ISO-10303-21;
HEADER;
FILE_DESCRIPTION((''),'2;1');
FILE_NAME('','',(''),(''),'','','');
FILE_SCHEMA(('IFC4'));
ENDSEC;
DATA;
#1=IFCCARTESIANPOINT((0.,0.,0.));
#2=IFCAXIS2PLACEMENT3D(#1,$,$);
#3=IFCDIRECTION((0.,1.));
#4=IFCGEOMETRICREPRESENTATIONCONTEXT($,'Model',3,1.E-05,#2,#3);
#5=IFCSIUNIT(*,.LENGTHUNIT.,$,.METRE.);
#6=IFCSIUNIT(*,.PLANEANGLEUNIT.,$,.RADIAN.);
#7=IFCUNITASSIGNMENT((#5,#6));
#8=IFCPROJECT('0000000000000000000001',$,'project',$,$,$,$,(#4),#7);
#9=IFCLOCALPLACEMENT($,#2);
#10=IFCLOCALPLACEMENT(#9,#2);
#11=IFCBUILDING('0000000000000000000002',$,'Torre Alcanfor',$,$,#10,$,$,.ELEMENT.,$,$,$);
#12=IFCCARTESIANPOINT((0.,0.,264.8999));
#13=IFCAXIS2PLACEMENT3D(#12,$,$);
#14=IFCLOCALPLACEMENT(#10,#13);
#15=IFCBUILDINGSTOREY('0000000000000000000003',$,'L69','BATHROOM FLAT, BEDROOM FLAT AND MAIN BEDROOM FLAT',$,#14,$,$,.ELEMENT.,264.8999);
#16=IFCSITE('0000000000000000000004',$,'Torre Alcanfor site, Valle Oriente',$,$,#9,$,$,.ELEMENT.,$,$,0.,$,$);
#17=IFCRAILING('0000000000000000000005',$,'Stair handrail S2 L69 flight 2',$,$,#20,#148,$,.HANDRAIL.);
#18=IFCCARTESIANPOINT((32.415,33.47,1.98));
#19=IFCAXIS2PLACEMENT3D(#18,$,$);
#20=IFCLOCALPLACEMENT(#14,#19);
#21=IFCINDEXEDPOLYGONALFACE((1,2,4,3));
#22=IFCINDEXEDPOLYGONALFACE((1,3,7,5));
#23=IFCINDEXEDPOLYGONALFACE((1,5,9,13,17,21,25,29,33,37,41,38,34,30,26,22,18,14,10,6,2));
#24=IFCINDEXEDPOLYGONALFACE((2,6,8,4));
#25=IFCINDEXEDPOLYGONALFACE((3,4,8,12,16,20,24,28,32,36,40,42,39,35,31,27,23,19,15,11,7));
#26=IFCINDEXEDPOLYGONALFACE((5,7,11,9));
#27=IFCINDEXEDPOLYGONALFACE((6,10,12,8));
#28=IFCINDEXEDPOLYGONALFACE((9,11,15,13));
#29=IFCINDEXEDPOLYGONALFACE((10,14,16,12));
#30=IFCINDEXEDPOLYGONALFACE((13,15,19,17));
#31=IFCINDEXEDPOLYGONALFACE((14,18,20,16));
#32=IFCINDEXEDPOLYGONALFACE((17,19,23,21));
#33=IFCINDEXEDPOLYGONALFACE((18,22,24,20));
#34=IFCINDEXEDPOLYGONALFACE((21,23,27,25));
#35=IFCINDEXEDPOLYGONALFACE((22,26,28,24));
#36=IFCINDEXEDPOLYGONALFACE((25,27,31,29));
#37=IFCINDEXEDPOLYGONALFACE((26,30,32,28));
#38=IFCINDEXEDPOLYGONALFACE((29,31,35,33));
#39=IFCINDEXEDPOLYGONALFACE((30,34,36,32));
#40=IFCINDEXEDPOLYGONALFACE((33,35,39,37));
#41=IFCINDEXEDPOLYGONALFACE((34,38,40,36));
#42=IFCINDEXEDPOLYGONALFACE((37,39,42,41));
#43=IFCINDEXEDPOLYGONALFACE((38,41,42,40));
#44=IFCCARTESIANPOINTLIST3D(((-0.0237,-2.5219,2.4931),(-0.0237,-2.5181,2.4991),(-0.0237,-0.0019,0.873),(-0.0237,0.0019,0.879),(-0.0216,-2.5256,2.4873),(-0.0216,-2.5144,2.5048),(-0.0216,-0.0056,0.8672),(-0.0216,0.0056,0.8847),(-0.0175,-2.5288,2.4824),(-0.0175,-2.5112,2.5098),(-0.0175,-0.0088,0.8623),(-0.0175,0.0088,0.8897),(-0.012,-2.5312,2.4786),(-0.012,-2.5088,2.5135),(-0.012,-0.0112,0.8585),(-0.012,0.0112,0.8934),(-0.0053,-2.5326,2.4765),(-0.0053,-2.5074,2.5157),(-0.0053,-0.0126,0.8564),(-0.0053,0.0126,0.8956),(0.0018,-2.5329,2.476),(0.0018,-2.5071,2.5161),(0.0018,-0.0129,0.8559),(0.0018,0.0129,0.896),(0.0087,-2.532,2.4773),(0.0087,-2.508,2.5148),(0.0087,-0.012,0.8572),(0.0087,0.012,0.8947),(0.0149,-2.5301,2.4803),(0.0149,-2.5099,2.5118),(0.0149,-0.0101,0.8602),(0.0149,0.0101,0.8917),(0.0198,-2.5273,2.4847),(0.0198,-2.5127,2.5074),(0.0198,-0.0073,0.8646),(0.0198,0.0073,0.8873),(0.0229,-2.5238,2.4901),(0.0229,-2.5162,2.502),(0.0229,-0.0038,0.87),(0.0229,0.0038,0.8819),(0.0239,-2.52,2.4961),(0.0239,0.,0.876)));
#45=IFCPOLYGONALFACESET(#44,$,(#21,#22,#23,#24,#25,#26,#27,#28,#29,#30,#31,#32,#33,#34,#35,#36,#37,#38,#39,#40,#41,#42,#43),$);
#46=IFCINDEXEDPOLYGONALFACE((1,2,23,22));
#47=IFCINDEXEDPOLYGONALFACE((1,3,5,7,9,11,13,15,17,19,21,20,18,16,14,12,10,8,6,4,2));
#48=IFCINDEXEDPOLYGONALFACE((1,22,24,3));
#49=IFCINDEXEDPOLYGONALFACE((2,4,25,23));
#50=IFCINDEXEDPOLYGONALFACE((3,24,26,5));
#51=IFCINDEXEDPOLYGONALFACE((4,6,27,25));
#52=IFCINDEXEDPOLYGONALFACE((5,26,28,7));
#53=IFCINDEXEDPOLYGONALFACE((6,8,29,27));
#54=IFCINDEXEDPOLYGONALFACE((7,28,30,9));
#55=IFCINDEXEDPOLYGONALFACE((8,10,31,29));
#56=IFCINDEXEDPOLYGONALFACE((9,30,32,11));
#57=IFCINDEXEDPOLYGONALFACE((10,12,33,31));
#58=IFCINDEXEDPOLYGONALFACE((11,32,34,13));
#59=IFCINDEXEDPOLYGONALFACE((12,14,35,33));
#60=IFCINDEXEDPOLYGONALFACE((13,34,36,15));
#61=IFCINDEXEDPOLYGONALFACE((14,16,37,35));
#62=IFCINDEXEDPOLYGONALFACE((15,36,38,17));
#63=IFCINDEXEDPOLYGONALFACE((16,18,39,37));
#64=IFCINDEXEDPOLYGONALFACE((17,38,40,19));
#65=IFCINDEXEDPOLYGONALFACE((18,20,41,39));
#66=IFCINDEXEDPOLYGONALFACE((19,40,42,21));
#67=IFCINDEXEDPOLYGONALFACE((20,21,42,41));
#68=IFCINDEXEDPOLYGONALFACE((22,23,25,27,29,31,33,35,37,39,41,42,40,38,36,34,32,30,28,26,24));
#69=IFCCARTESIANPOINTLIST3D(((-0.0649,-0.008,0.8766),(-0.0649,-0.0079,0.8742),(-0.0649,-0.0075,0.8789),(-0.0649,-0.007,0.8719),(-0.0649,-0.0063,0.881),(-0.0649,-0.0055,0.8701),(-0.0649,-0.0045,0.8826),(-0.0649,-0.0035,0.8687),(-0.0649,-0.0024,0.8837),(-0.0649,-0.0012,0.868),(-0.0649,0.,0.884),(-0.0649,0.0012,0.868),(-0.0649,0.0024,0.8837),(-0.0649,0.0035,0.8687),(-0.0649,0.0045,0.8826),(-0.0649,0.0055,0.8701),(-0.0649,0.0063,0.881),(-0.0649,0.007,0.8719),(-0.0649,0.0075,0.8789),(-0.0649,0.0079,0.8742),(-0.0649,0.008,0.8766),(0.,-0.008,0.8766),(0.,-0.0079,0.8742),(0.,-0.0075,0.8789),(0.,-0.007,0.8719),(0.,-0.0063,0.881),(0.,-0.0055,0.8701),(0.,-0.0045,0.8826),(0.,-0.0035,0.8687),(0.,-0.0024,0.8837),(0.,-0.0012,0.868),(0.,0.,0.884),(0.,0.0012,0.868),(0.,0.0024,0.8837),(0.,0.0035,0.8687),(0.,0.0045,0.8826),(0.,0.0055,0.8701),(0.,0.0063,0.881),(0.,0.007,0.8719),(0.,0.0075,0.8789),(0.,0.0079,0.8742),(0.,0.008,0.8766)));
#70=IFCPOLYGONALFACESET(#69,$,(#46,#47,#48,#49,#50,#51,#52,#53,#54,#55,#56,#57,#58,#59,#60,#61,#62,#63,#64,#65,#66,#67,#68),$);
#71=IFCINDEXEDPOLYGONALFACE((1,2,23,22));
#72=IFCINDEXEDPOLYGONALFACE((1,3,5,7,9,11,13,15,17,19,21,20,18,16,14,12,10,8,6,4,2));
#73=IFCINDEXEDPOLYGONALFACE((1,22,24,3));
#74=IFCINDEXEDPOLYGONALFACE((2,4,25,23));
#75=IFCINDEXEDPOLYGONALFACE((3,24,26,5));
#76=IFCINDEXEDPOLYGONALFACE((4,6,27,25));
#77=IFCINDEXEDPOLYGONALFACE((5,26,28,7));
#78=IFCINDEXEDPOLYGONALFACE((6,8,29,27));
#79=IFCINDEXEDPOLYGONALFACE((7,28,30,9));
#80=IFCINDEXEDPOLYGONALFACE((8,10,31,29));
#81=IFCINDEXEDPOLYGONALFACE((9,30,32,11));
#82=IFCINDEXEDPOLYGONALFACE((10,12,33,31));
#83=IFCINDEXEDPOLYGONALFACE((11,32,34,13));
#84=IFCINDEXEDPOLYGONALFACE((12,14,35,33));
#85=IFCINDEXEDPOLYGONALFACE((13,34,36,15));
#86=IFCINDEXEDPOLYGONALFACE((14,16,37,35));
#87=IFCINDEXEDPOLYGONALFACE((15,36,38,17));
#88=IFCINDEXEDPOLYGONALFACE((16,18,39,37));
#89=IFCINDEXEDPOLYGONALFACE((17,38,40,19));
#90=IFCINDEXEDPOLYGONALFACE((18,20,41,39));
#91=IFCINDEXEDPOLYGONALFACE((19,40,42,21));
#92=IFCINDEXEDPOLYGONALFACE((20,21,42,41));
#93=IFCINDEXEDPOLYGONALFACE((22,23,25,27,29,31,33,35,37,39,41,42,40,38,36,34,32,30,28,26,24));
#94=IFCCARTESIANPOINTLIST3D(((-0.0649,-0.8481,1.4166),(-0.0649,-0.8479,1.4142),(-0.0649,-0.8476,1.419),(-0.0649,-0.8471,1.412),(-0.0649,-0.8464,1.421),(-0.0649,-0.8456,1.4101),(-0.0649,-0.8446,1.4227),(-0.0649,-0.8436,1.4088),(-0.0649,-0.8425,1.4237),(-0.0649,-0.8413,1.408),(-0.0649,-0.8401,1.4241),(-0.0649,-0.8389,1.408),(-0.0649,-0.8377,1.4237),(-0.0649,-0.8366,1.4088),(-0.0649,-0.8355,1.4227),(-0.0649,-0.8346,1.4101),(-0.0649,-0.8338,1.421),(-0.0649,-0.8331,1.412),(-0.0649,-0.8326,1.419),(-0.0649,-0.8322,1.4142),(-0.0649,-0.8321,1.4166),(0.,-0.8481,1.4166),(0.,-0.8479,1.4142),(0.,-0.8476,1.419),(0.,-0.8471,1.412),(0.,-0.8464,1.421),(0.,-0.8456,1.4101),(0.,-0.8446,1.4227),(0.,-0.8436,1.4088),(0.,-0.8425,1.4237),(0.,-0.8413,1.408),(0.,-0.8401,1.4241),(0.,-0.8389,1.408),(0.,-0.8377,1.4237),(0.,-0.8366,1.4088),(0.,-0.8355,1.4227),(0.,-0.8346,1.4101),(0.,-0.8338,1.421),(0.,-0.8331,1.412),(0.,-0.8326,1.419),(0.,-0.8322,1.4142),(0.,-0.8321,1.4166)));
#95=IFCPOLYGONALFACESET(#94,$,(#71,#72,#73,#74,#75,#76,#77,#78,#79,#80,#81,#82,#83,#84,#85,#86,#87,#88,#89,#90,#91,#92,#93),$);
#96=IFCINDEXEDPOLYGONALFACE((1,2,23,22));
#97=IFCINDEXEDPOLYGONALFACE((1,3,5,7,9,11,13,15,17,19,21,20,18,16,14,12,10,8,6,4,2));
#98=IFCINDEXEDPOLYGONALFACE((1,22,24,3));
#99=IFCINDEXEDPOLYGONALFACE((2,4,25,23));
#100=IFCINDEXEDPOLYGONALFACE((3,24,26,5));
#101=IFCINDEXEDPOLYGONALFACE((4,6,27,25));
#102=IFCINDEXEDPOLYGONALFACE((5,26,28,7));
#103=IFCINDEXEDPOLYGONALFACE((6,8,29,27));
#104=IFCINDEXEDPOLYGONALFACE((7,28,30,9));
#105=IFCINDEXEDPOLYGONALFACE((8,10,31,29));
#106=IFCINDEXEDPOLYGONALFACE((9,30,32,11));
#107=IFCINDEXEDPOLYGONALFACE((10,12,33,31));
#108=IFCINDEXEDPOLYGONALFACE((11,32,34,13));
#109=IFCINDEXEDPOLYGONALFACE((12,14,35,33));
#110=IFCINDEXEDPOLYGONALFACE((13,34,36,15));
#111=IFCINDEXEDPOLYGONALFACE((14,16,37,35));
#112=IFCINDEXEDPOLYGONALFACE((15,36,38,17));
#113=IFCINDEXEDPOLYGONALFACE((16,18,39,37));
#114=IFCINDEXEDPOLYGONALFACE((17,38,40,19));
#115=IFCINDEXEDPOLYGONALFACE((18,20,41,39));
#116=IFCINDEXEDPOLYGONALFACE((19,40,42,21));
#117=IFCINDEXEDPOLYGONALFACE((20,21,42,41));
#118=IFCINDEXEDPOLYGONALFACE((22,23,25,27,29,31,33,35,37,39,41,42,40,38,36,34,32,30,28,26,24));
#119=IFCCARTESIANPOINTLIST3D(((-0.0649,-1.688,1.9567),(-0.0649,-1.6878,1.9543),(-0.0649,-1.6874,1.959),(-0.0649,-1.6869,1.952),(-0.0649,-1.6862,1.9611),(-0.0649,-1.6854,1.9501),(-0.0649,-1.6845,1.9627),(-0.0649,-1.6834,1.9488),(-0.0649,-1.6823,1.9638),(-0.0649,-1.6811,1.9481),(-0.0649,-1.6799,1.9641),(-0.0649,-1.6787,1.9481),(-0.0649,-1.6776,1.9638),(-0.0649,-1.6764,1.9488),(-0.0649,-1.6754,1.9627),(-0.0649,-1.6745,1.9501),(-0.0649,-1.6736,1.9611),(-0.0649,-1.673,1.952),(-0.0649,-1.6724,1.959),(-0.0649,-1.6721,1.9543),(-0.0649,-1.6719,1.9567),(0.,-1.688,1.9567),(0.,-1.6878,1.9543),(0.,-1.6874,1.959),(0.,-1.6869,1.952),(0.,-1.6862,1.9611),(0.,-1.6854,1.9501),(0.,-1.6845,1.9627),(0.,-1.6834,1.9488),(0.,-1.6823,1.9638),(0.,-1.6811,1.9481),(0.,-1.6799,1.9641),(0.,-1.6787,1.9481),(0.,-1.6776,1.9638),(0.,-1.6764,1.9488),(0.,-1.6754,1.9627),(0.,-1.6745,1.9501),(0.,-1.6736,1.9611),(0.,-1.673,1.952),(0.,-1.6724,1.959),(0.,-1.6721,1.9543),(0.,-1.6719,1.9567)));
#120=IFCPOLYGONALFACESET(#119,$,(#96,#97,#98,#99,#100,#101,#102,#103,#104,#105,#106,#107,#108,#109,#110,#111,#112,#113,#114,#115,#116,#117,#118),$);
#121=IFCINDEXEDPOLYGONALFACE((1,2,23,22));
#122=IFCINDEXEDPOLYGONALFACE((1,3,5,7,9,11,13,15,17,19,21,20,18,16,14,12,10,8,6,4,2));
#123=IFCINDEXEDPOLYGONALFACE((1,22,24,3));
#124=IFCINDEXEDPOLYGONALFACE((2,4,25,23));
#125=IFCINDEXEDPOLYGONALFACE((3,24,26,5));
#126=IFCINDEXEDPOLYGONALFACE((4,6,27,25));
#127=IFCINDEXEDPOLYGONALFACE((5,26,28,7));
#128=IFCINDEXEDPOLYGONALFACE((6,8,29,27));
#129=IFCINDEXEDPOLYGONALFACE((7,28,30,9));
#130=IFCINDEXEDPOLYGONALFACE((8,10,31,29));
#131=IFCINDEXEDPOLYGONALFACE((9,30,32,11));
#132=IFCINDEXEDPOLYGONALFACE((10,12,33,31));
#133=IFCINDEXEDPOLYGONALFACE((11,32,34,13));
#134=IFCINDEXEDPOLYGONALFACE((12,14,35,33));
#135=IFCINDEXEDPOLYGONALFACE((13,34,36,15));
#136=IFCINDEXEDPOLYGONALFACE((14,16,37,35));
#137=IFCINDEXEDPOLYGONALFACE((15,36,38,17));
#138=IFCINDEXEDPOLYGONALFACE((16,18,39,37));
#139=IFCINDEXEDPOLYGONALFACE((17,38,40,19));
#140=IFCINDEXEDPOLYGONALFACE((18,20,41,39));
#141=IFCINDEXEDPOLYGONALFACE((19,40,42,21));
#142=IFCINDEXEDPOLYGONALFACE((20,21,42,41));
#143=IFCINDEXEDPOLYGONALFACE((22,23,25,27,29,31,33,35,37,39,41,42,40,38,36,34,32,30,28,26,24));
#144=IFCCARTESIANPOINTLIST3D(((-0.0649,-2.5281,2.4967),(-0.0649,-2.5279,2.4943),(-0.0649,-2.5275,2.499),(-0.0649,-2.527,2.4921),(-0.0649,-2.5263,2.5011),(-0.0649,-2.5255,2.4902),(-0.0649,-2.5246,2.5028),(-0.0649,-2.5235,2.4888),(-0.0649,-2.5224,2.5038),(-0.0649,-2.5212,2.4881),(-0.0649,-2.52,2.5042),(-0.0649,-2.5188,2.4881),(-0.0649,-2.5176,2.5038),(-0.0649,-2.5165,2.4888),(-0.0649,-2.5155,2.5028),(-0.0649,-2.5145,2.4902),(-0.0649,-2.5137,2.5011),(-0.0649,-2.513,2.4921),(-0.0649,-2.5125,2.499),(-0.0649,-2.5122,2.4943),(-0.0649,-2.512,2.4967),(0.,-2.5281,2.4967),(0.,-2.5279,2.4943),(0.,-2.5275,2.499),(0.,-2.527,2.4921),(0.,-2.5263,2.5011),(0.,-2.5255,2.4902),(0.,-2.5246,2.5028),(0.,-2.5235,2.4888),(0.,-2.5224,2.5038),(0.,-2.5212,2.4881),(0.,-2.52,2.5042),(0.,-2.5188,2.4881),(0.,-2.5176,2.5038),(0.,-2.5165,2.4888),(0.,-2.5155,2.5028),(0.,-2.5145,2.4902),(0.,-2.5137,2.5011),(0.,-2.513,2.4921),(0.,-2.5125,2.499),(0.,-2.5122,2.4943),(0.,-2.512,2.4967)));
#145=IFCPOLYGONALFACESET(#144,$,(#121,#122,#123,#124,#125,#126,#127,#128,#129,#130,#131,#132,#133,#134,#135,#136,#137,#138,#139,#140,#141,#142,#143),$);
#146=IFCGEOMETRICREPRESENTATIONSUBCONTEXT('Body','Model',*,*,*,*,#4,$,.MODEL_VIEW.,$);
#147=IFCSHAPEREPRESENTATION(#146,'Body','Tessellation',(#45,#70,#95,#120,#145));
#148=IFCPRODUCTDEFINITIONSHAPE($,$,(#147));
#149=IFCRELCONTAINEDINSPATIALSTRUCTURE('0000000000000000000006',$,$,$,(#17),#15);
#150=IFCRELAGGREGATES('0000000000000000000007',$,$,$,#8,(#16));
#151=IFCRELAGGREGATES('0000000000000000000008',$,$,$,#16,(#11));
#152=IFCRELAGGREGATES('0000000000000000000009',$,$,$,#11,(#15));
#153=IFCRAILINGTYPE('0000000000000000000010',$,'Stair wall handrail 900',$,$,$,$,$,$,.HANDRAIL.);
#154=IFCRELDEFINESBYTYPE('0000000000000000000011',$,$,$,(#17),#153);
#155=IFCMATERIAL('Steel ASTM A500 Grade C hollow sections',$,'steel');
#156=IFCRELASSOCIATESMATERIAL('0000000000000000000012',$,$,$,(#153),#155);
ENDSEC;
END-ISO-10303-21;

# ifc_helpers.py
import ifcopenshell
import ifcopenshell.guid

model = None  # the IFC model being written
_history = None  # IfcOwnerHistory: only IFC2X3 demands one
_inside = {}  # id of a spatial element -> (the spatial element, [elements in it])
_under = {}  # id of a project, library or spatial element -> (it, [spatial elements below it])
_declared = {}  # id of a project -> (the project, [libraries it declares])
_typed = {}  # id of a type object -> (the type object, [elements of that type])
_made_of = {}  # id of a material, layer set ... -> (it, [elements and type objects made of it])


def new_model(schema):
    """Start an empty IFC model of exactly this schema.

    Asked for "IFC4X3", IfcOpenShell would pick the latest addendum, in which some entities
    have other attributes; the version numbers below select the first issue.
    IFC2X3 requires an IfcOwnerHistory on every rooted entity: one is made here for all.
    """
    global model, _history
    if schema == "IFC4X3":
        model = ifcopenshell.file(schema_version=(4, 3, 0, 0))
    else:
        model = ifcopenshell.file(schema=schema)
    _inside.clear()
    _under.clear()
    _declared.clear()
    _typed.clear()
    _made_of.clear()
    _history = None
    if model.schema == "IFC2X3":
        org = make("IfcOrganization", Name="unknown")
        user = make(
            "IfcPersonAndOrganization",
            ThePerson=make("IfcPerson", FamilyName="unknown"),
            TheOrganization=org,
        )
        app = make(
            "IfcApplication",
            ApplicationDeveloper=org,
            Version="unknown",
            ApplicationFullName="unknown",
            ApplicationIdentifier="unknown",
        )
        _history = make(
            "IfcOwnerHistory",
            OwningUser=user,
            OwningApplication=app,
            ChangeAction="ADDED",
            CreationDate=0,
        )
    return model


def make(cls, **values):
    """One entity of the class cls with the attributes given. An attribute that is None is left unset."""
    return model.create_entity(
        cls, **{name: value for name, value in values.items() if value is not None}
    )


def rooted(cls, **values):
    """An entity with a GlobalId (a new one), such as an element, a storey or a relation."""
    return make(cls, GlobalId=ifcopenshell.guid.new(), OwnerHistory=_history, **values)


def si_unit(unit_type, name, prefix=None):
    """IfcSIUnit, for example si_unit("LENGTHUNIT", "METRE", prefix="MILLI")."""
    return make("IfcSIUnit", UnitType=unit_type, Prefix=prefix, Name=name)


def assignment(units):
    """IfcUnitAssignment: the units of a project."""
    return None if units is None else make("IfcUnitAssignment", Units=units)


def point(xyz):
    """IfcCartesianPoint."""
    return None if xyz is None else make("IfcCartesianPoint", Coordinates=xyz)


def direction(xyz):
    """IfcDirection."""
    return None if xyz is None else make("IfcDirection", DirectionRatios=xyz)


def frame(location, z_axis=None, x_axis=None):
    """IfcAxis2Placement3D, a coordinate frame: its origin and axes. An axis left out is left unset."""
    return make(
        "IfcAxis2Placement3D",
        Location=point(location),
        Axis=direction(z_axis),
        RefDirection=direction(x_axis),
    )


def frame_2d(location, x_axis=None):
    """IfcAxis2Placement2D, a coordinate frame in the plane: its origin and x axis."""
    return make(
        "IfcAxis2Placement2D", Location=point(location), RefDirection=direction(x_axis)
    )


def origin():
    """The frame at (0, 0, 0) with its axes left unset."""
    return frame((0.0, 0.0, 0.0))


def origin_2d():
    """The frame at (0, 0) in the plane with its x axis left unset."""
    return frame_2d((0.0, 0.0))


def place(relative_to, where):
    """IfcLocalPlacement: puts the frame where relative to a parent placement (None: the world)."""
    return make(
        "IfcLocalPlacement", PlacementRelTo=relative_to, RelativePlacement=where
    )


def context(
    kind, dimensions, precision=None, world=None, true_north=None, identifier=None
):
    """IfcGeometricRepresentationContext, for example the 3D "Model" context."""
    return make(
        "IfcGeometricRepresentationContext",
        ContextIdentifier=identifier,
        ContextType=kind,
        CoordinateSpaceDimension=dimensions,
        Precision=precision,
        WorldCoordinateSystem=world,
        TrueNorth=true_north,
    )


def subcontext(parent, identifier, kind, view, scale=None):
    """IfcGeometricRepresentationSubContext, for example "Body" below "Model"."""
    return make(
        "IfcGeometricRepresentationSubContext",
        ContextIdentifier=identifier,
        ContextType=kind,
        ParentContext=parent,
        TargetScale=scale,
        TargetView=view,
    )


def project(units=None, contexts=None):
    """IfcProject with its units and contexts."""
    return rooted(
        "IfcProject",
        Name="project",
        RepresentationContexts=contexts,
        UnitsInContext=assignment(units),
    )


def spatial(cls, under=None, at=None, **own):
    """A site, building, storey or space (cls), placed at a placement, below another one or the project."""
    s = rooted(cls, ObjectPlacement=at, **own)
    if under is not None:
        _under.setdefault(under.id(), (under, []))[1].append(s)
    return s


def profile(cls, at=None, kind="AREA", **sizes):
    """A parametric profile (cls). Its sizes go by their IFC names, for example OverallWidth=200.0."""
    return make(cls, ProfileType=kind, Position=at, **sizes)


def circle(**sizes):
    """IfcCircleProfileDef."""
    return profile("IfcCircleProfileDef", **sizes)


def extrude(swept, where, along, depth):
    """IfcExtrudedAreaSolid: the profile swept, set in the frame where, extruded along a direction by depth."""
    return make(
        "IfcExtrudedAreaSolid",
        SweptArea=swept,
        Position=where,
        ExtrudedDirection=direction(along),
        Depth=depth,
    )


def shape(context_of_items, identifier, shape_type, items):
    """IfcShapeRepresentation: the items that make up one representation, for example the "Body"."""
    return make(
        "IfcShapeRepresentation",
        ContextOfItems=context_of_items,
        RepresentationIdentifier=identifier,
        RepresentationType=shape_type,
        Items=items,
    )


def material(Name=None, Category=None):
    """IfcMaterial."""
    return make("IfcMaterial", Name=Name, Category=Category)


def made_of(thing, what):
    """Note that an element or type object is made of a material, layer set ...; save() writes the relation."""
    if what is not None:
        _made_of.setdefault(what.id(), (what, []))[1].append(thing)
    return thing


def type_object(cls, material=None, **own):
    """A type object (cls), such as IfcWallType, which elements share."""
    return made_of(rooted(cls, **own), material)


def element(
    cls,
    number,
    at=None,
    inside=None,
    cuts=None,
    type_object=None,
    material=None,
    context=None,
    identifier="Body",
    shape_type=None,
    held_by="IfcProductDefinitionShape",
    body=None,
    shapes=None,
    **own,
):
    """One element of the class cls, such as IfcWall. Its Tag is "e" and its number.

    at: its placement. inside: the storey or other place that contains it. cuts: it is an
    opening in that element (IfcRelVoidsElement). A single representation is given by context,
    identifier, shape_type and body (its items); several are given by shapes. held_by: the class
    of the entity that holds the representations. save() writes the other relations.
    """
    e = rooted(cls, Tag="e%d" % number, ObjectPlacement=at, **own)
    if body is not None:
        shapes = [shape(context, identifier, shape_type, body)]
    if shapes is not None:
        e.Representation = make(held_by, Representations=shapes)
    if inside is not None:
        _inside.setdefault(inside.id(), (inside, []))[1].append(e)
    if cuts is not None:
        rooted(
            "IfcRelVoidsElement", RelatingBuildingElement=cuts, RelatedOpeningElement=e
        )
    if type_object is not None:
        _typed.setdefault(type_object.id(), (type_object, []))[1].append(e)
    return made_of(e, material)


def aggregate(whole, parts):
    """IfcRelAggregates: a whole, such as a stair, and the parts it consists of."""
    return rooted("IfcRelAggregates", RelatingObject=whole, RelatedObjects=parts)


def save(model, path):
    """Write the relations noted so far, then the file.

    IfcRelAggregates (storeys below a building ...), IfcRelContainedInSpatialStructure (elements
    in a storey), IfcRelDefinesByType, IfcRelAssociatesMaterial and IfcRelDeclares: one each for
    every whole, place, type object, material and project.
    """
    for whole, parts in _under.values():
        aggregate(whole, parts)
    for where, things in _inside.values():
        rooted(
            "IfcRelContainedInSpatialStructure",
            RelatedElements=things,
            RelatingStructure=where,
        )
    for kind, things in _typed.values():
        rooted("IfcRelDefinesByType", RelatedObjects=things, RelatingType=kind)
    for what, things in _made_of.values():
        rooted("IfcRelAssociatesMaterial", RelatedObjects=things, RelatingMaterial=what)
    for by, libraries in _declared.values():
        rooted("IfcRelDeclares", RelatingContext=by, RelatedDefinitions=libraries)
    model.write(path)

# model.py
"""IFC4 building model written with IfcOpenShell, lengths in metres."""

from ifc_helpers import new_model, si_unit, direction, frame, origin, origin_2d, place, context, subcontext, project, spatial, circle, extrude, material, type_object, element, save


model = new_model("IFC4")

# Units and contexts
model_context = context("Model", 3, precision=1e-05, world=origin(), true_north=direction((0.0, 1.0)))
body_context = subcontext(model_context, "Body", "Model", "MODEL_VIEW")
ifc_project = project(units=[si_unit("LENGTHUNIT", "METRE"), si_unit("PLANEANGLEUNIT", "RADIAN")], contexts=[model_context])

# Site, building, storey
site_placement = place(None, origin())
site = spatial("IfcSite", under=ifc_project, at=site_placement, Name="Torre Alcanfor site, Valle Oriente", CompositionType="ELEMENT", RefElevation=0.0)
building_placement = place(site_placement, origin())
building = spatial("IfcBuilding", under=site, at=building_placement, Name="Torre Alcanfor", CompositionType="ELEMENT")
storey_placement = place(building_placement, frame((0.0, 0.0, 264.8999)))
storey = spatial("IfcBuildingStorey", under=building, at=storey_placement, Name="L69", Description="BATHROOM FLAT, BEDROOM FLAT AND MAIN BEDROOM FLAT", CompositionType="ELEMENT", Elevation=264.8999)

# Railing
ifc_material_1 = material(Name="Steel ASTM A500 Grade C hollow sections", Category="steel")
railing_type_1 = type_object("IfcRailingType", Name="Stair wall handrail 900", PredefinedType="HANDRAIL", material=ifc_material_1)
railing_1_placement = place(storey_placement, frame((32.415, 33.47, 1.98)))
element("IfcRailing", 1, at=railing_1_placement, inside=storey, type_object=railing_type_1, Name="Stair handrail S2 L69 flight 2", PredefinedType="HANDRAIL", context=body_context, shape_type="SweptSolid", body=[
    extrude(circle(Radius=0.0239, at=origin_2d()), frame((0.0, 0.0, 0.876), z_axis=(0.0, -0.841163, 0.540782), x_axis=(1.0, 0.0, 0.0)), (0.0, 0.0, 1.0), 2.9958),
    extrude(circle(Radius=0.0081, at=origin_2d()), frame((0.0, 0.0, 0.876), z_axis=(-1.0, 0.0, 0.0), x_axis=(0.0, 0.0, 1.0)), (0.0, 0.0, 1.0), 0.0649),
    extrude(circle(Radius=0.0081, at=origin_2d()), frame((0.0, -0.8401, 1.416), z_axis=(-1.0, 0.0, 0.0), x_axis=(0.0, 0.0, 1.0)), (0.0, 0.0, 1.0), 0.0649),
    extrude(circle(Radius=0.0081, at=origin_2d()), frame((0.0, -1.6799, 1.9561), z_axis=(-1.0, 0.0, 0.0), x_axis=(0.0, 0.0, 1.0)), (0.0, 0.0, 1.0), 0.0649),
    extrude(circle(Radius=0.0081, at=origin_2d()), frame((0.0, -2.52, 2.4961), z_axis=(-1.0, 0.0, 0.0), x_axis=(0.0, 0.0, 1.0)), (0.0, 0.0, 1.0), 0.0649),
])

save(model, "model.ifc")
